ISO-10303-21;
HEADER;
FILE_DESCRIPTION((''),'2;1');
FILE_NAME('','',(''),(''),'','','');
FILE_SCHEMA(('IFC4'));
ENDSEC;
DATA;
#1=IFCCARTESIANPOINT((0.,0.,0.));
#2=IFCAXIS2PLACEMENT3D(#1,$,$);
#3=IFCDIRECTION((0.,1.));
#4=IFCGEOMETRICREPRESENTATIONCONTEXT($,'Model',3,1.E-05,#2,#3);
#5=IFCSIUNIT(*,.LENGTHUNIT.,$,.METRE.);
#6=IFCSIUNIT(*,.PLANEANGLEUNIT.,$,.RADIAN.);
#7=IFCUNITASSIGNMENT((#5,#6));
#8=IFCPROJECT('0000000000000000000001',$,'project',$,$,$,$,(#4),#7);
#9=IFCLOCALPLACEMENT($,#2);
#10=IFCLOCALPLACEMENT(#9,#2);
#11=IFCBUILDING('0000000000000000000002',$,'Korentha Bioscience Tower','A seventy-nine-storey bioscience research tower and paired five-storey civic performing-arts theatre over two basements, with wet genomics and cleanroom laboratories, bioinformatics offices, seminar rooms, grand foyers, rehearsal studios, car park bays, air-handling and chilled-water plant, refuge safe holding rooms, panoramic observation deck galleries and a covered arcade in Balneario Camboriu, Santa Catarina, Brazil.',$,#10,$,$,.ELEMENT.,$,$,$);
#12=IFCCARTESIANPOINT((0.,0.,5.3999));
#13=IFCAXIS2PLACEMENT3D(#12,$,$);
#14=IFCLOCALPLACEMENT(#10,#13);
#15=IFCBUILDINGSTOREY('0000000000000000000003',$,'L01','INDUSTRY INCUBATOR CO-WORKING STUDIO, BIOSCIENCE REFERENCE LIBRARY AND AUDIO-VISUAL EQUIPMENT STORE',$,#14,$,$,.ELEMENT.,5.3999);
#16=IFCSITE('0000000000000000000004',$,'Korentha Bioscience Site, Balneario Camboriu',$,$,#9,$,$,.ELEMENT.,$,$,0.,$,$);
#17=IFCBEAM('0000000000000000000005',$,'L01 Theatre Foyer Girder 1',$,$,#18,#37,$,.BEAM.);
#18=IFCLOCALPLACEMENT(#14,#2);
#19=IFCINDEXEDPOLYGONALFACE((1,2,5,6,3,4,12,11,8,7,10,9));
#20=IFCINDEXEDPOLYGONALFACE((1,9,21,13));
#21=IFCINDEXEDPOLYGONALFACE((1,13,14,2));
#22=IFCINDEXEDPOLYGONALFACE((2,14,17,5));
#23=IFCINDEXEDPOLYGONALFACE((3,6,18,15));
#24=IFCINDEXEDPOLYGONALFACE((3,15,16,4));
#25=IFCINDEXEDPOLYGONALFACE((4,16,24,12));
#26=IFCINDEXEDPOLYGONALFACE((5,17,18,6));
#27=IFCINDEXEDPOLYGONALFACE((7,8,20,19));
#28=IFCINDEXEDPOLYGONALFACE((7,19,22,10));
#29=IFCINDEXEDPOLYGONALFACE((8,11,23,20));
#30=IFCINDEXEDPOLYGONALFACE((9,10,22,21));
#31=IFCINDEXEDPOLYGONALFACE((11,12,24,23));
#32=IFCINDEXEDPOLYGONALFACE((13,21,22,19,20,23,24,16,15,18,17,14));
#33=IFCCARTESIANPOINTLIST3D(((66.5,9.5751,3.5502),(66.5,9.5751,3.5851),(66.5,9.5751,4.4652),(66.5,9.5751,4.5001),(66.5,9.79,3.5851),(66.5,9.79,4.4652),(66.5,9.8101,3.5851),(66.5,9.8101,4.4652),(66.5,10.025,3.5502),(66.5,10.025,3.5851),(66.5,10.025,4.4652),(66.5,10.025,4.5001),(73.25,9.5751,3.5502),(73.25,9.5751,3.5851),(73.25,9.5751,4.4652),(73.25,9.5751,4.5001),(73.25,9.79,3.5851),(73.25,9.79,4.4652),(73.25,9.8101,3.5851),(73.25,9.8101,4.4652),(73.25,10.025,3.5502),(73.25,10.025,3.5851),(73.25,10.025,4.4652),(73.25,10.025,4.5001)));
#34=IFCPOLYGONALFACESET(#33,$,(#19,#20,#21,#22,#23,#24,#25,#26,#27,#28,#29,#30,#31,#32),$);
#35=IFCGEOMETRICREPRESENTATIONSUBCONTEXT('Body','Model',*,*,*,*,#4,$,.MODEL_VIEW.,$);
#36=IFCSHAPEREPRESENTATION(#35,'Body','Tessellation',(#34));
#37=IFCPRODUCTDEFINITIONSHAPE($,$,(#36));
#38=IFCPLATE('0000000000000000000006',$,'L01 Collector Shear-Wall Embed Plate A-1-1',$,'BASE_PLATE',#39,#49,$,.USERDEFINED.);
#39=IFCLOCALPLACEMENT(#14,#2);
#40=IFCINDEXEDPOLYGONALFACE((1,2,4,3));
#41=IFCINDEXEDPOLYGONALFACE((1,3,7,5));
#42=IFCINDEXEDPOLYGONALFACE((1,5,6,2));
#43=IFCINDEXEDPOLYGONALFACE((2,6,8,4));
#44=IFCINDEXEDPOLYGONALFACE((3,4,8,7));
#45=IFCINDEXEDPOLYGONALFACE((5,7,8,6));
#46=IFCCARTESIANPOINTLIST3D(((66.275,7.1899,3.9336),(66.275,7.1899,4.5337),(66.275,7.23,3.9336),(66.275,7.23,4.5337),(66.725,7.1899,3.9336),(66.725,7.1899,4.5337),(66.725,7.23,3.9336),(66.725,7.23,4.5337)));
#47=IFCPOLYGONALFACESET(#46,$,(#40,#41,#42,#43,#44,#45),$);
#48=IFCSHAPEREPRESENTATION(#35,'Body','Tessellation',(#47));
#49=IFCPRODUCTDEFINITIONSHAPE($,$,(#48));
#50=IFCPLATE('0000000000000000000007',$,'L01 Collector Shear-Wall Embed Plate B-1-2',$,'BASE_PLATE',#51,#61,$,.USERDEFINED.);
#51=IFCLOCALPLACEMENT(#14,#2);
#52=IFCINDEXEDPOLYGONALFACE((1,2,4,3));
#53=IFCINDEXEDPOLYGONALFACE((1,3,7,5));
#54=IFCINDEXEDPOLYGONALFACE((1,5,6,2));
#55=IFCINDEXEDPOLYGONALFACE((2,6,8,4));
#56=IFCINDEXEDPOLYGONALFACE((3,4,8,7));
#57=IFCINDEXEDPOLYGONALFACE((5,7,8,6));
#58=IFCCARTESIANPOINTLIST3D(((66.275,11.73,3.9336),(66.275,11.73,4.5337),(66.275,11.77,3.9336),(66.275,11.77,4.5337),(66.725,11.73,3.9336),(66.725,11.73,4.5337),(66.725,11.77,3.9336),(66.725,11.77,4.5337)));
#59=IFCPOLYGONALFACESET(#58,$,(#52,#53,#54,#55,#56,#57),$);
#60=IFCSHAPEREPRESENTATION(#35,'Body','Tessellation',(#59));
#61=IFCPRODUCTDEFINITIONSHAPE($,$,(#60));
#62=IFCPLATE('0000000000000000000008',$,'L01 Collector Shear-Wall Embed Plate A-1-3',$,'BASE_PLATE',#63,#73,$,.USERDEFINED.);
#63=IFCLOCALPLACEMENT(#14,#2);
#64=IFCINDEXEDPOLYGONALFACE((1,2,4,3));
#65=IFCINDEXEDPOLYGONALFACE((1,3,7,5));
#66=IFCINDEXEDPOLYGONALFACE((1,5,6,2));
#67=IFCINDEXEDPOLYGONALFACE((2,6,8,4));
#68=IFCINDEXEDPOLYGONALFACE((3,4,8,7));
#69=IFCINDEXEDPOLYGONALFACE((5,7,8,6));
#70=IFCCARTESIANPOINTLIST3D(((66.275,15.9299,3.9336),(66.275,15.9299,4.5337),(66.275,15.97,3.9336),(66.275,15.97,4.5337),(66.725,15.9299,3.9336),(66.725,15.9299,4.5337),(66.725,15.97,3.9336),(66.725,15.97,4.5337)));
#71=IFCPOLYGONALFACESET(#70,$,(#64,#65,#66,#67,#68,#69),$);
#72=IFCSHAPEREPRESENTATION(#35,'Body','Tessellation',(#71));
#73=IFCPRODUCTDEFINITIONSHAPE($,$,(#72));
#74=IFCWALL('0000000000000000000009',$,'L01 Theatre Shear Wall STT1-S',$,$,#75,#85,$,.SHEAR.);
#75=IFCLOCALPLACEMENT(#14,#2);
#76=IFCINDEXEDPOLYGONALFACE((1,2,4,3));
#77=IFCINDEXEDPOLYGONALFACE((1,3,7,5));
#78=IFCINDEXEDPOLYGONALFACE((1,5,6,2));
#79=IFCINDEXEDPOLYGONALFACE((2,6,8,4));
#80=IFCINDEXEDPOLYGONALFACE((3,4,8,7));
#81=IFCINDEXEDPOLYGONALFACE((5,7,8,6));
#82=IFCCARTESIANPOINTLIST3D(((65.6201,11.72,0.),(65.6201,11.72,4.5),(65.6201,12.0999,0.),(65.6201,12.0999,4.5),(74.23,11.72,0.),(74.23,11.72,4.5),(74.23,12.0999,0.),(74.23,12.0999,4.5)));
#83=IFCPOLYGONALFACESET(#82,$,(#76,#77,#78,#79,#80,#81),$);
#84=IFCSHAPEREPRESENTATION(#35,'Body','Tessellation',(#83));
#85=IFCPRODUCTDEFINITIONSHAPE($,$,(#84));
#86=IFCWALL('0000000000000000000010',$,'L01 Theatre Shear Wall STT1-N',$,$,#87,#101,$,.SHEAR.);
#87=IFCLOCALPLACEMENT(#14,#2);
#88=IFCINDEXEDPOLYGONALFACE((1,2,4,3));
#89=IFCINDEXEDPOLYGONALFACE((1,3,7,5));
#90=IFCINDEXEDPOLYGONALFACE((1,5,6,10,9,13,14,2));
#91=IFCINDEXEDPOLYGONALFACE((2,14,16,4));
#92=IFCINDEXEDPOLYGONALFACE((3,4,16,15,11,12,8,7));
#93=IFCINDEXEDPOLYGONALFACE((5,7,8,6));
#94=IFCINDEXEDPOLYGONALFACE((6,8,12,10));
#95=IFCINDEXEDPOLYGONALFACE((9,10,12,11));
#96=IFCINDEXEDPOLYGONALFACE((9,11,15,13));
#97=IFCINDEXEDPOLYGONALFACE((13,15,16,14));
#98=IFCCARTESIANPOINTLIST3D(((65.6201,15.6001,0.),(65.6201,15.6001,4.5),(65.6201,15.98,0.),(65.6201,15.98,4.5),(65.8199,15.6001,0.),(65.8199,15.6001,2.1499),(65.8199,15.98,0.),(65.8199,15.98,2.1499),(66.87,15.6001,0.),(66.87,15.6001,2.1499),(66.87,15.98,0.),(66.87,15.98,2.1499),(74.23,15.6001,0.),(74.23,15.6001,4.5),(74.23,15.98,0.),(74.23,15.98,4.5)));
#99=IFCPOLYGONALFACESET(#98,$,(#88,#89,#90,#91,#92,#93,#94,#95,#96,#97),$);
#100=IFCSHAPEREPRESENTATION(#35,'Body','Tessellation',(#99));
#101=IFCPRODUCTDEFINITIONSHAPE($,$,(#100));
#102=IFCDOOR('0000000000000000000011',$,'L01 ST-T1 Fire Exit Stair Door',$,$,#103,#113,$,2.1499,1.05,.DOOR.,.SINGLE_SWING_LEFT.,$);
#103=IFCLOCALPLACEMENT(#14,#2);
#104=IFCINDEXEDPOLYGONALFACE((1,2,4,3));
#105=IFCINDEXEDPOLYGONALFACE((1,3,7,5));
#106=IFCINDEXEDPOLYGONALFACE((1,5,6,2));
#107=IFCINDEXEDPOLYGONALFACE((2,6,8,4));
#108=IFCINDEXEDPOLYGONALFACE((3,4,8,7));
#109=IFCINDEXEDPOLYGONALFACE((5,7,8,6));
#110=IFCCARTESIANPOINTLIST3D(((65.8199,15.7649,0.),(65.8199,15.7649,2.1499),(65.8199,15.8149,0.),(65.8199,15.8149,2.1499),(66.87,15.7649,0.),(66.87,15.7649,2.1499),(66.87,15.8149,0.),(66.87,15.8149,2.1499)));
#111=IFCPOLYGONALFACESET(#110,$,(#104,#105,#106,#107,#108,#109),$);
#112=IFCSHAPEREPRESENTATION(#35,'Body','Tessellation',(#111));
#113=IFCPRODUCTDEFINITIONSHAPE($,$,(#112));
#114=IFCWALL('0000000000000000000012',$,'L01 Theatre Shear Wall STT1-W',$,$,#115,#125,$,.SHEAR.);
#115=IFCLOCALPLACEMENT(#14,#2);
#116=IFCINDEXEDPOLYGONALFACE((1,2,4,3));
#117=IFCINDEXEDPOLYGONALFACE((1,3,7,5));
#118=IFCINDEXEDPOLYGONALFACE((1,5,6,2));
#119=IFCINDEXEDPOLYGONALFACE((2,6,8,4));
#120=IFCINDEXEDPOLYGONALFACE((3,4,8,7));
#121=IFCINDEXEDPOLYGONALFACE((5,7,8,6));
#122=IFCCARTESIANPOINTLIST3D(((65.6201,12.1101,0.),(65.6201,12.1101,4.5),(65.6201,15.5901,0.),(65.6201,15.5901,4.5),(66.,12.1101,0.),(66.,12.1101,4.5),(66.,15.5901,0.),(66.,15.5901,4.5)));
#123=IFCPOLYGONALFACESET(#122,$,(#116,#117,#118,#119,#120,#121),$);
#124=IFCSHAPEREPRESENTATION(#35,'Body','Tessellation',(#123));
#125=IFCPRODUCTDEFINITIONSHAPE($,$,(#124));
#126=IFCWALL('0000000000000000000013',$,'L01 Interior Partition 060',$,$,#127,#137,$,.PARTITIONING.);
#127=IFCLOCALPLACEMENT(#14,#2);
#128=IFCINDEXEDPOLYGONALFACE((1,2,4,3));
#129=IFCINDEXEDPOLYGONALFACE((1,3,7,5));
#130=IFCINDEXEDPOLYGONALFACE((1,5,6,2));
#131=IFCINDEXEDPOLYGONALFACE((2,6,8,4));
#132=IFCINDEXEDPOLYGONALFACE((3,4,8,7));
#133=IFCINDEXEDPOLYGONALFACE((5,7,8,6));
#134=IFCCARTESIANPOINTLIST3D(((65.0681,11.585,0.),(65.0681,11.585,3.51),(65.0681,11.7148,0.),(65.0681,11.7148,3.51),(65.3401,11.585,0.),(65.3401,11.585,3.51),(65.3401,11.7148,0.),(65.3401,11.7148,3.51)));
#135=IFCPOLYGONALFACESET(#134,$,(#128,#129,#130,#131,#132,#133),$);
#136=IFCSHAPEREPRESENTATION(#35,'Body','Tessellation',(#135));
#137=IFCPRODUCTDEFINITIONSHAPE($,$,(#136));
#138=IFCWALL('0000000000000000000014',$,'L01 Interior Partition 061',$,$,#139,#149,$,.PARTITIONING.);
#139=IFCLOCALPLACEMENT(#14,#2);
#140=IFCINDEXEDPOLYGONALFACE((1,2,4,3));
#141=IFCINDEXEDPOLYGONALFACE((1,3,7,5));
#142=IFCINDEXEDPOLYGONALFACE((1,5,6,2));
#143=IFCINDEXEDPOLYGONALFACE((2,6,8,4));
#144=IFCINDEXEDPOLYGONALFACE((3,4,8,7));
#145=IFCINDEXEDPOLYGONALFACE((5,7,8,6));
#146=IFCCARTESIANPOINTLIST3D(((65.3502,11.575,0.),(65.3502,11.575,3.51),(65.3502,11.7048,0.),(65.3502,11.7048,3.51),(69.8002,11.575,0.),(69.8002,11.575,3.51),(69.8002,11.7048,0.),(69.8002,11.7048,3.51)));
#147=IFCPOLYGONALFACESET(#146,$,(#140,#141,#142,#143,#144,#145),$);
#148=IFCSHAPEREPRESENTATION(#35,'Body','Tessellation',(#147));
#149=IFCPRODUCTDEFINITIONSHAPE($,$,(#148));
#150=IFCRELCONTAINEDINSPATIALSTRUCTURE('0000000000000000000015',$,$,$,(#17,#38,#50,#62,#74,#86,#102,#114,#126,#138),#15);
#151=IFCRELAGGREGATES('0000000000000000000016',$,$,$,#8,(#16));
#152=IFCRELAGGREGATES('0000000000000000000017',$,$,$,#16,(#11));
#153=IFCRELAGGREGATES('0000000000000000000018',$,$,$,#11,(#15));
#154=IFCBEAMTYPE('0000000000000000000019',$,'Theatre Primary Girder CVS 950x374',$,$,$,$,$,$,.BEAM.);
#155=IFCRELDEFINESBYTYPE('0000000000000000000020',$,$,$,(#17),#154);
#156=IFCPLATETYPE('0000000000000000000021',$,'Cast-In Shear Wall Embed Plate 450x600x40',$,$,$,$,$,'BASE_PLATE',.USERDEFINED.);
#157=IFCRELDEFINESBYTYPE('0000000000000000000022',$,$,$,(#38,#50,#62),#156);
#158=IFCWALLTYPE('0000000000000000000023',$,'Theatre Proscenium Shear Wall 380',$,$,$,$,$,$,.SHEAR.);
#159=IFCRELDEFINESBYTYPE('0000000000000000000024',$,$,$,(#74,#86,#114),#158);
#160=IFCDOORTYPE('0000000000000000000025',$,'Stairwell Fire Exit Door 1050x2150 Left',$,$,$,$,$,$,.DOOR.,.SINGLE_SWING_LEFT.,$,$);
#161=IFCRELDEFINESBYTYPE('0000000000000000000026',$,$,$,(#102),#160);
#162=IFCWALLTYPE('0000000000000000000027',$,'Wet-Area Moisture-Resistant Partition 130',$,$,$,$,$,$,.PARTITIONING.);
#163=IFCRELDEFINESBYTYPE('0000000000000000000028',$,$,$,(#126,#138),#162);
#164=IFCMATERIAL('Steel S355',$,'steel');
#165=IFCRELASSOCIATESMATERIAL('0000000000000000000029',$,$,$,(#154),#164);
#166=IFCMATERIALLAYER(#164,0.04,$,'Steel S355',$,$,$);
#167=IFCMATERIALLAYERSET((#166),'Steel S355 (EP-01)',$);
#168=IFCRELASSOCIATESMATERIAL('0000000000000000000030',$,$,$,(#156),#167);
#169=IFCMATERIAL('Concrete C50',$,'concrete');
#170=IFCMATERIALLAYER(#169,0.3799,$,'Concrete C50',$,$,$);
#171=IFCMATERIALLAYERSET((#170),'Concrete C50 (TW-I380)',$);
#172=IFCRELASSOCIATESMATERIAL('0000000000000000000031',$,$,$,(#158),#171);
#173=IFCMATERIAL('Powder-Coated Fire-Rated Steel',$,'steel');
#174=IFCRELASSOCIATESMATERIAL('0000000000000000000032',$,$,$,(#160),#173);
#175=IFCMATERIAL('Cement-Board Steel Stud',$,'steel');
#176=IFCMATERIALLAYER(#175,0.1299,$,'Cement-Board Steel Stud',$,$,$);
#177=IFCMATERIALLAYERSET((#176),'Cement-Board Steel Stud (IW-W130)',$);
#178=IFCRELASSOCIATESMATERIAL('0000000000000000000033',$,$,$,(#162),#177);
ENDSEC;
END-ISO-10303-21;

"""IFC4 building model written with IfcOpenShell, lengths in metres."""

from ifc_helpers import new_model, si_unit, direction, frame, frame_2d, origin, origin_2d, place, context, subcontext, project, spatial, rectangle, i_section, extrude, material, layer, layer_set, material_profile, profile_set, type_object, element, fill, save


model = new_model("IFC4")

# Units and contexts
model_context = context("Model", 3, precision=1e-05, world=origin(), true_north=direction((0.0, 1.0)))
body_context = subcontext(model_context, "Body", "Model", "MODEL_VIEW")
ifc_project = project(units=[si_unit("LENGTHUNIT", "METRE"), si_unit("PLANEANGLEUNIT", "RADIAN")], contexts=[model_context])

# Site, building, storey
site_placement = place(None, origin())
site = spatial("IfcSite", under=ifc_project, at=site_placement, Name="Korentha Bioscience Site, Balneario Camboriu", CompositionType="ELEMENT", RefElevation=0.0)
building_placement = place(site_placement, origin())
building = spatial("IfcBuilding", under=site, at=building_placement, Name="Korentha Bioscience Tower", Description="A seventy-nine-storey bioscience research tower and paired five-storey civic performing-arts theatre over two basements, with wet genomics and cleanroom laboratories, bioinformatics offices, seminar rooms, grand foyers, rehearsal studios, car park bays, air-handling and chilled-water plant, refuge safe holding rooms, panoramic observation deck galleries and a covered arcade in Balneario Camboriu, Santa Catarina, Brazil.", CompositionType="ELEMENT")
storey_placement = place(building_placement, frame((0.0, 0.0, 5.3999)))
storey = spatial("IfcBuildingStorey", under=building, at=storey_placement, Name="L01", Description="INDUSTRY INCUBATOR CO-WORKING STUDIO, BIOSCIENCE REFERENCE LIBRARY AND AUDIO-VISUAL EQUIPMENT STORE", CompositionType="ELEMENT", Elevation=5.3999)

# Shared definitions
ifc_material_1 = material(Name="Concrete C50", Category="concrete")

# Beam
ifc_material_2 = material(Name="Steel S355", Category="steel")
ifc_material_profile_1 = material_profile(ifc_material_2, i_section(OverallWidth=0.45, OverallDepth=0.95, WebThickness=0.02, FlangeThickness=0.0349, at=origin_2d()), Name="Steel S355")
ifc_profile_set_1 = profile_set([ifc_material_profile_1], Name="Steel S355 (TB-950)")
beam_type_1 = type_object("IfcBeamType", Name="Theatre Primary Girder CVS 950x374", PredefinedType="BEAM", material=ifc_profile_set_1)
beam_1_placement = place(storey_placement, frame((66.5, 9.8, 4.0251), z_axis=(1.0, 0.0, 0.0), x_axis=(0.0, 1.0, 0.0)))
element("IfcBeam", 1, at=beam_1_placement, inside=storey, type_object=beam_type_1, Name="L01 Theatre Foyer Girder 1", PredefinedType="BEAM", context=body_context, shape_type="SweptSolid", body=[
    extrude(i_section(OverallWidth=0.45, OverallDepth=0.95, WebThickness=0.02, FlangeThickness=0.0349, at=origin_2d()), origin(), (0.0, 0.0, 1.0), 6.75),
])

# Plates
ifc_layer_1 = layer(ifc_material_2, 0.04, Name="Steel S355")
ifc_layer_set_1 = layer_set([ifc_layer_1], Name="Steel S355 (EP-01)")
plate_type = type_object("IfcPlateType", Name="Cast-In Shear Wall Embed Plate 450x600x40", ElementType="BASE_PLATE", PredefinedType="USERDEFINED", material=ifc_layer_set_1)
for number, where, z_axis, x_axis, name in (
    (2, (66.5, 7.21, 3.9336), (0.0, 0.0, 1.0), (1.0, 0.0, 0.0), "L01 Collector Shear-Wall Embed Plate A-1-1"),
    (3, (66.5, 11.75, 3.9336), (0.0, 0.0, 1.0), (1.0, 0.0, 0.0), "L01 Collector Shear-Wall Embed Plate B-1-2"),
    (4, (66.5, 15.95, 3.9336), (0.0, 0.0, 1.0), (1.0, 0.0, 0.0), "L01 Collector Shear-Wall Embed Plate A-1-3"),
):
    element("IfcPlate", number, at=place(storey_placement, frame(where, z_axis=z_axis, x_axis=x_axis)), inside=storey, type_object=plate_type, Name=name, ObjectType="BASE_PLATE", PredefinedType="USERDEFINED", context=body_context, shape_type="SweptSolid", body=[
        extrude(rectangle(XDim=0.45, YDim=0.04, at=origin_2d()), origin(), (0.0, 0.0, 1.0), 0.6001),
    ])

# Wall
ifc_layer_2 = layer(ifc_material_1, 0.3799, Name="Concrete C50")
ifc_layer_set_2 = layer_set([ifc_layer_2], Name="Concrete C50 (TW-I380)")
wall_type_1 = type_object("IfcWallType", Name="Theatre Proscenium Shear Wall 380", PredefinedType="SHEAR", material=ifc_layer_set_2)
wall_1_placement = place(storey_placement, frame((65.6201, 11.9099, 0.0), z_axis=(0.0, 0.0, 1.0), x_axis=(1.0, 0.0, 0.0)))
element("IfcWall", 5, at=wall_1_placement, inside=storey, type_object=wall_type_1, Name="L01 Theatre Shear Wall STT1-S", PredefinedType="SHEAR", context=body_context, shape_type="SweptSolid", body=[
    extrude(rectangle(XDim=8.6099, YDim=0.3799, at=frame_2d((4.3049, 0.0))), origin(), (0.0, 0.0, 1.0), 4.5),
])

# Wall, opening, door
wall_2_placement = place(storey_placement, frame((65.6201, 15.79, 0.0), z_axis=(0.0, 0.0, 1.0), x_axis=(1.0, 0.0, 0.0)))
wall_2 = element("IfcWall", 6, at=wall_2_placement, inside=storey, type_object=wall_type_1, Name="L01 Theatre Shear Wall STT1-N", PredefinedType="SHEAR", context=body_context, shape_type="SweptSolid", body=[
    extrude(rectangle(XDim=8.6099, YDim=0.3799, at=frame_2d((4.3049, 0.0))), origin(), (0.0, 0.0, 1.0), 4.5),
])
opening_placement = place(wall_2_placement, frame((0.2, 0.0, 0.0)))
opening = element("IfcOpeningElement", 7, at=opening_placement, cuts=wall_2, PredefinedType="OPENING", context=body_context, shape_type="SweptSolid", body=[
    extrude(rectangle(XDim=1.05, YDim=2.1499, at=frame_2d((0.5249, 1.075))), frame((0.0, 0.2048, 0.0), z_axis=(0.0, -1.0, 0.0), x_axis=(1.0, 0.0, 0.0)), (0.0, 0.0, 1.0), 0.4097),
])
ifc_material_3 = material(Name="Powder-Coated Fire-Rated Steel", Category="steel")
door_type = type_object("IfcDoorType", Name="Stairwell Fire Exit Door 1050x2150 Left", OperationType="SINGLE_SWING_LEFT", PredefinedType="DOOR", material=ifc_material_3)
door_placement = place(opening_placement, origin())
door = element("IfcDoor", 8, at=door_placement, inside=storey, type_object=door_type, Name="L01 ST-T1 Fire Exit Stair Door", OperationType="SINGLE_SWING_LEFT", OverallHeight=2.1499, OverallWidth=1.05, PredefinedType="DOOR", context=body_context, shape_type="SweptSolid", body=[
    extrude(rectangle(XDim=1.05, YDim=2.1499, at=frame_2d((0.5249, 1.075))), frame((0.0, 0.0249, 0.0), z_axis=(0.0, -1.0, 0.0), x_axis=(1.0, 0.0, 0.0)), (0.0, 0.0, 1.0), 0.05),
])
fill(opening, door)

# Walls
wall_3_placement = place(storey_placement, frame((65.8101, 12.1101, 0.0), z_axis=(0.0, 0.0, 1.0), x_axis=(0.0, 1.0, 0.0)))
element("IfcWall", 9, at=wall_3_placement, inside=storey, type_object=wall_type_1, Name="L01 Theatre Shear Wall STT1-W", PredefinedType="SHEAR", context=body_context, shape_type="SweptSolid", body=[
    extrude(rectangle(XDim=3.48, YDim=0.3799, at=frame_2d((1.74, 0.0))), origin(), (0.0, 0.0, 1.0), 4.5),
])
ifc_material_4 = material(Name="Cement-Board Steel Stud", Category="steel")
ifc_layer_3 = layer(ifc_material_4, 0.1299, Name="Cement-Board Steel Stud")
ifc_layer_set_3 = layer_set([ifc_layer_3], Name="Cement-Board Steel Stud (IW-W130)")
wall_type_2 = type_object("IfcWallType", Name="Wet-Area Moisture-Resistant Partition 130", PredefinedType="PARTITIONING", material=ifc_layer_set_3)
wall_4_placement = place(storey_placement, frame((65.0681, 11.6499, 0.0), z_axis=(0.0, 0.0, 1.0), x_axis=(1.0, 0.0, 0.0)))
element("IfcWall", 10, at=wall_4_placement, inside=storey, type_object=wall_type_2, Name="L01 Interior Partition 060", PredefinedType="PARTITIONING", context=body_context, shape_type="SweptSolid", body=[
    extrude(rectangle(XDim=0.272, YDim=0.1299, at=frame_2d((0.136, 0.0))), origin(), (0.0, 0.0, 1.0), 3.51),
])
wall_5_placement = place(storey_placement, frame((65.3501, 11.6399, 0.0), z_axis=(0.0, 0.0, 1.0), x_axis=(1.0, 0.0, 0.0)))
element("IfcWall", 11, at=wall_5_placement, inside=storey, type_object=wall_type_2, Name="L01 Interior Partition 061", PredefinedType="PARTITIONING", context=body_context, shape_type="SweptSolid", body=[
    extrude(rectangle(XDim=4.45, YDim=0.1299, at=frame_2d((2.2251, 0.0))), origin(), (0.0, 0.0, 1.0), 3.51),
])

save(model, "model.ifc")
